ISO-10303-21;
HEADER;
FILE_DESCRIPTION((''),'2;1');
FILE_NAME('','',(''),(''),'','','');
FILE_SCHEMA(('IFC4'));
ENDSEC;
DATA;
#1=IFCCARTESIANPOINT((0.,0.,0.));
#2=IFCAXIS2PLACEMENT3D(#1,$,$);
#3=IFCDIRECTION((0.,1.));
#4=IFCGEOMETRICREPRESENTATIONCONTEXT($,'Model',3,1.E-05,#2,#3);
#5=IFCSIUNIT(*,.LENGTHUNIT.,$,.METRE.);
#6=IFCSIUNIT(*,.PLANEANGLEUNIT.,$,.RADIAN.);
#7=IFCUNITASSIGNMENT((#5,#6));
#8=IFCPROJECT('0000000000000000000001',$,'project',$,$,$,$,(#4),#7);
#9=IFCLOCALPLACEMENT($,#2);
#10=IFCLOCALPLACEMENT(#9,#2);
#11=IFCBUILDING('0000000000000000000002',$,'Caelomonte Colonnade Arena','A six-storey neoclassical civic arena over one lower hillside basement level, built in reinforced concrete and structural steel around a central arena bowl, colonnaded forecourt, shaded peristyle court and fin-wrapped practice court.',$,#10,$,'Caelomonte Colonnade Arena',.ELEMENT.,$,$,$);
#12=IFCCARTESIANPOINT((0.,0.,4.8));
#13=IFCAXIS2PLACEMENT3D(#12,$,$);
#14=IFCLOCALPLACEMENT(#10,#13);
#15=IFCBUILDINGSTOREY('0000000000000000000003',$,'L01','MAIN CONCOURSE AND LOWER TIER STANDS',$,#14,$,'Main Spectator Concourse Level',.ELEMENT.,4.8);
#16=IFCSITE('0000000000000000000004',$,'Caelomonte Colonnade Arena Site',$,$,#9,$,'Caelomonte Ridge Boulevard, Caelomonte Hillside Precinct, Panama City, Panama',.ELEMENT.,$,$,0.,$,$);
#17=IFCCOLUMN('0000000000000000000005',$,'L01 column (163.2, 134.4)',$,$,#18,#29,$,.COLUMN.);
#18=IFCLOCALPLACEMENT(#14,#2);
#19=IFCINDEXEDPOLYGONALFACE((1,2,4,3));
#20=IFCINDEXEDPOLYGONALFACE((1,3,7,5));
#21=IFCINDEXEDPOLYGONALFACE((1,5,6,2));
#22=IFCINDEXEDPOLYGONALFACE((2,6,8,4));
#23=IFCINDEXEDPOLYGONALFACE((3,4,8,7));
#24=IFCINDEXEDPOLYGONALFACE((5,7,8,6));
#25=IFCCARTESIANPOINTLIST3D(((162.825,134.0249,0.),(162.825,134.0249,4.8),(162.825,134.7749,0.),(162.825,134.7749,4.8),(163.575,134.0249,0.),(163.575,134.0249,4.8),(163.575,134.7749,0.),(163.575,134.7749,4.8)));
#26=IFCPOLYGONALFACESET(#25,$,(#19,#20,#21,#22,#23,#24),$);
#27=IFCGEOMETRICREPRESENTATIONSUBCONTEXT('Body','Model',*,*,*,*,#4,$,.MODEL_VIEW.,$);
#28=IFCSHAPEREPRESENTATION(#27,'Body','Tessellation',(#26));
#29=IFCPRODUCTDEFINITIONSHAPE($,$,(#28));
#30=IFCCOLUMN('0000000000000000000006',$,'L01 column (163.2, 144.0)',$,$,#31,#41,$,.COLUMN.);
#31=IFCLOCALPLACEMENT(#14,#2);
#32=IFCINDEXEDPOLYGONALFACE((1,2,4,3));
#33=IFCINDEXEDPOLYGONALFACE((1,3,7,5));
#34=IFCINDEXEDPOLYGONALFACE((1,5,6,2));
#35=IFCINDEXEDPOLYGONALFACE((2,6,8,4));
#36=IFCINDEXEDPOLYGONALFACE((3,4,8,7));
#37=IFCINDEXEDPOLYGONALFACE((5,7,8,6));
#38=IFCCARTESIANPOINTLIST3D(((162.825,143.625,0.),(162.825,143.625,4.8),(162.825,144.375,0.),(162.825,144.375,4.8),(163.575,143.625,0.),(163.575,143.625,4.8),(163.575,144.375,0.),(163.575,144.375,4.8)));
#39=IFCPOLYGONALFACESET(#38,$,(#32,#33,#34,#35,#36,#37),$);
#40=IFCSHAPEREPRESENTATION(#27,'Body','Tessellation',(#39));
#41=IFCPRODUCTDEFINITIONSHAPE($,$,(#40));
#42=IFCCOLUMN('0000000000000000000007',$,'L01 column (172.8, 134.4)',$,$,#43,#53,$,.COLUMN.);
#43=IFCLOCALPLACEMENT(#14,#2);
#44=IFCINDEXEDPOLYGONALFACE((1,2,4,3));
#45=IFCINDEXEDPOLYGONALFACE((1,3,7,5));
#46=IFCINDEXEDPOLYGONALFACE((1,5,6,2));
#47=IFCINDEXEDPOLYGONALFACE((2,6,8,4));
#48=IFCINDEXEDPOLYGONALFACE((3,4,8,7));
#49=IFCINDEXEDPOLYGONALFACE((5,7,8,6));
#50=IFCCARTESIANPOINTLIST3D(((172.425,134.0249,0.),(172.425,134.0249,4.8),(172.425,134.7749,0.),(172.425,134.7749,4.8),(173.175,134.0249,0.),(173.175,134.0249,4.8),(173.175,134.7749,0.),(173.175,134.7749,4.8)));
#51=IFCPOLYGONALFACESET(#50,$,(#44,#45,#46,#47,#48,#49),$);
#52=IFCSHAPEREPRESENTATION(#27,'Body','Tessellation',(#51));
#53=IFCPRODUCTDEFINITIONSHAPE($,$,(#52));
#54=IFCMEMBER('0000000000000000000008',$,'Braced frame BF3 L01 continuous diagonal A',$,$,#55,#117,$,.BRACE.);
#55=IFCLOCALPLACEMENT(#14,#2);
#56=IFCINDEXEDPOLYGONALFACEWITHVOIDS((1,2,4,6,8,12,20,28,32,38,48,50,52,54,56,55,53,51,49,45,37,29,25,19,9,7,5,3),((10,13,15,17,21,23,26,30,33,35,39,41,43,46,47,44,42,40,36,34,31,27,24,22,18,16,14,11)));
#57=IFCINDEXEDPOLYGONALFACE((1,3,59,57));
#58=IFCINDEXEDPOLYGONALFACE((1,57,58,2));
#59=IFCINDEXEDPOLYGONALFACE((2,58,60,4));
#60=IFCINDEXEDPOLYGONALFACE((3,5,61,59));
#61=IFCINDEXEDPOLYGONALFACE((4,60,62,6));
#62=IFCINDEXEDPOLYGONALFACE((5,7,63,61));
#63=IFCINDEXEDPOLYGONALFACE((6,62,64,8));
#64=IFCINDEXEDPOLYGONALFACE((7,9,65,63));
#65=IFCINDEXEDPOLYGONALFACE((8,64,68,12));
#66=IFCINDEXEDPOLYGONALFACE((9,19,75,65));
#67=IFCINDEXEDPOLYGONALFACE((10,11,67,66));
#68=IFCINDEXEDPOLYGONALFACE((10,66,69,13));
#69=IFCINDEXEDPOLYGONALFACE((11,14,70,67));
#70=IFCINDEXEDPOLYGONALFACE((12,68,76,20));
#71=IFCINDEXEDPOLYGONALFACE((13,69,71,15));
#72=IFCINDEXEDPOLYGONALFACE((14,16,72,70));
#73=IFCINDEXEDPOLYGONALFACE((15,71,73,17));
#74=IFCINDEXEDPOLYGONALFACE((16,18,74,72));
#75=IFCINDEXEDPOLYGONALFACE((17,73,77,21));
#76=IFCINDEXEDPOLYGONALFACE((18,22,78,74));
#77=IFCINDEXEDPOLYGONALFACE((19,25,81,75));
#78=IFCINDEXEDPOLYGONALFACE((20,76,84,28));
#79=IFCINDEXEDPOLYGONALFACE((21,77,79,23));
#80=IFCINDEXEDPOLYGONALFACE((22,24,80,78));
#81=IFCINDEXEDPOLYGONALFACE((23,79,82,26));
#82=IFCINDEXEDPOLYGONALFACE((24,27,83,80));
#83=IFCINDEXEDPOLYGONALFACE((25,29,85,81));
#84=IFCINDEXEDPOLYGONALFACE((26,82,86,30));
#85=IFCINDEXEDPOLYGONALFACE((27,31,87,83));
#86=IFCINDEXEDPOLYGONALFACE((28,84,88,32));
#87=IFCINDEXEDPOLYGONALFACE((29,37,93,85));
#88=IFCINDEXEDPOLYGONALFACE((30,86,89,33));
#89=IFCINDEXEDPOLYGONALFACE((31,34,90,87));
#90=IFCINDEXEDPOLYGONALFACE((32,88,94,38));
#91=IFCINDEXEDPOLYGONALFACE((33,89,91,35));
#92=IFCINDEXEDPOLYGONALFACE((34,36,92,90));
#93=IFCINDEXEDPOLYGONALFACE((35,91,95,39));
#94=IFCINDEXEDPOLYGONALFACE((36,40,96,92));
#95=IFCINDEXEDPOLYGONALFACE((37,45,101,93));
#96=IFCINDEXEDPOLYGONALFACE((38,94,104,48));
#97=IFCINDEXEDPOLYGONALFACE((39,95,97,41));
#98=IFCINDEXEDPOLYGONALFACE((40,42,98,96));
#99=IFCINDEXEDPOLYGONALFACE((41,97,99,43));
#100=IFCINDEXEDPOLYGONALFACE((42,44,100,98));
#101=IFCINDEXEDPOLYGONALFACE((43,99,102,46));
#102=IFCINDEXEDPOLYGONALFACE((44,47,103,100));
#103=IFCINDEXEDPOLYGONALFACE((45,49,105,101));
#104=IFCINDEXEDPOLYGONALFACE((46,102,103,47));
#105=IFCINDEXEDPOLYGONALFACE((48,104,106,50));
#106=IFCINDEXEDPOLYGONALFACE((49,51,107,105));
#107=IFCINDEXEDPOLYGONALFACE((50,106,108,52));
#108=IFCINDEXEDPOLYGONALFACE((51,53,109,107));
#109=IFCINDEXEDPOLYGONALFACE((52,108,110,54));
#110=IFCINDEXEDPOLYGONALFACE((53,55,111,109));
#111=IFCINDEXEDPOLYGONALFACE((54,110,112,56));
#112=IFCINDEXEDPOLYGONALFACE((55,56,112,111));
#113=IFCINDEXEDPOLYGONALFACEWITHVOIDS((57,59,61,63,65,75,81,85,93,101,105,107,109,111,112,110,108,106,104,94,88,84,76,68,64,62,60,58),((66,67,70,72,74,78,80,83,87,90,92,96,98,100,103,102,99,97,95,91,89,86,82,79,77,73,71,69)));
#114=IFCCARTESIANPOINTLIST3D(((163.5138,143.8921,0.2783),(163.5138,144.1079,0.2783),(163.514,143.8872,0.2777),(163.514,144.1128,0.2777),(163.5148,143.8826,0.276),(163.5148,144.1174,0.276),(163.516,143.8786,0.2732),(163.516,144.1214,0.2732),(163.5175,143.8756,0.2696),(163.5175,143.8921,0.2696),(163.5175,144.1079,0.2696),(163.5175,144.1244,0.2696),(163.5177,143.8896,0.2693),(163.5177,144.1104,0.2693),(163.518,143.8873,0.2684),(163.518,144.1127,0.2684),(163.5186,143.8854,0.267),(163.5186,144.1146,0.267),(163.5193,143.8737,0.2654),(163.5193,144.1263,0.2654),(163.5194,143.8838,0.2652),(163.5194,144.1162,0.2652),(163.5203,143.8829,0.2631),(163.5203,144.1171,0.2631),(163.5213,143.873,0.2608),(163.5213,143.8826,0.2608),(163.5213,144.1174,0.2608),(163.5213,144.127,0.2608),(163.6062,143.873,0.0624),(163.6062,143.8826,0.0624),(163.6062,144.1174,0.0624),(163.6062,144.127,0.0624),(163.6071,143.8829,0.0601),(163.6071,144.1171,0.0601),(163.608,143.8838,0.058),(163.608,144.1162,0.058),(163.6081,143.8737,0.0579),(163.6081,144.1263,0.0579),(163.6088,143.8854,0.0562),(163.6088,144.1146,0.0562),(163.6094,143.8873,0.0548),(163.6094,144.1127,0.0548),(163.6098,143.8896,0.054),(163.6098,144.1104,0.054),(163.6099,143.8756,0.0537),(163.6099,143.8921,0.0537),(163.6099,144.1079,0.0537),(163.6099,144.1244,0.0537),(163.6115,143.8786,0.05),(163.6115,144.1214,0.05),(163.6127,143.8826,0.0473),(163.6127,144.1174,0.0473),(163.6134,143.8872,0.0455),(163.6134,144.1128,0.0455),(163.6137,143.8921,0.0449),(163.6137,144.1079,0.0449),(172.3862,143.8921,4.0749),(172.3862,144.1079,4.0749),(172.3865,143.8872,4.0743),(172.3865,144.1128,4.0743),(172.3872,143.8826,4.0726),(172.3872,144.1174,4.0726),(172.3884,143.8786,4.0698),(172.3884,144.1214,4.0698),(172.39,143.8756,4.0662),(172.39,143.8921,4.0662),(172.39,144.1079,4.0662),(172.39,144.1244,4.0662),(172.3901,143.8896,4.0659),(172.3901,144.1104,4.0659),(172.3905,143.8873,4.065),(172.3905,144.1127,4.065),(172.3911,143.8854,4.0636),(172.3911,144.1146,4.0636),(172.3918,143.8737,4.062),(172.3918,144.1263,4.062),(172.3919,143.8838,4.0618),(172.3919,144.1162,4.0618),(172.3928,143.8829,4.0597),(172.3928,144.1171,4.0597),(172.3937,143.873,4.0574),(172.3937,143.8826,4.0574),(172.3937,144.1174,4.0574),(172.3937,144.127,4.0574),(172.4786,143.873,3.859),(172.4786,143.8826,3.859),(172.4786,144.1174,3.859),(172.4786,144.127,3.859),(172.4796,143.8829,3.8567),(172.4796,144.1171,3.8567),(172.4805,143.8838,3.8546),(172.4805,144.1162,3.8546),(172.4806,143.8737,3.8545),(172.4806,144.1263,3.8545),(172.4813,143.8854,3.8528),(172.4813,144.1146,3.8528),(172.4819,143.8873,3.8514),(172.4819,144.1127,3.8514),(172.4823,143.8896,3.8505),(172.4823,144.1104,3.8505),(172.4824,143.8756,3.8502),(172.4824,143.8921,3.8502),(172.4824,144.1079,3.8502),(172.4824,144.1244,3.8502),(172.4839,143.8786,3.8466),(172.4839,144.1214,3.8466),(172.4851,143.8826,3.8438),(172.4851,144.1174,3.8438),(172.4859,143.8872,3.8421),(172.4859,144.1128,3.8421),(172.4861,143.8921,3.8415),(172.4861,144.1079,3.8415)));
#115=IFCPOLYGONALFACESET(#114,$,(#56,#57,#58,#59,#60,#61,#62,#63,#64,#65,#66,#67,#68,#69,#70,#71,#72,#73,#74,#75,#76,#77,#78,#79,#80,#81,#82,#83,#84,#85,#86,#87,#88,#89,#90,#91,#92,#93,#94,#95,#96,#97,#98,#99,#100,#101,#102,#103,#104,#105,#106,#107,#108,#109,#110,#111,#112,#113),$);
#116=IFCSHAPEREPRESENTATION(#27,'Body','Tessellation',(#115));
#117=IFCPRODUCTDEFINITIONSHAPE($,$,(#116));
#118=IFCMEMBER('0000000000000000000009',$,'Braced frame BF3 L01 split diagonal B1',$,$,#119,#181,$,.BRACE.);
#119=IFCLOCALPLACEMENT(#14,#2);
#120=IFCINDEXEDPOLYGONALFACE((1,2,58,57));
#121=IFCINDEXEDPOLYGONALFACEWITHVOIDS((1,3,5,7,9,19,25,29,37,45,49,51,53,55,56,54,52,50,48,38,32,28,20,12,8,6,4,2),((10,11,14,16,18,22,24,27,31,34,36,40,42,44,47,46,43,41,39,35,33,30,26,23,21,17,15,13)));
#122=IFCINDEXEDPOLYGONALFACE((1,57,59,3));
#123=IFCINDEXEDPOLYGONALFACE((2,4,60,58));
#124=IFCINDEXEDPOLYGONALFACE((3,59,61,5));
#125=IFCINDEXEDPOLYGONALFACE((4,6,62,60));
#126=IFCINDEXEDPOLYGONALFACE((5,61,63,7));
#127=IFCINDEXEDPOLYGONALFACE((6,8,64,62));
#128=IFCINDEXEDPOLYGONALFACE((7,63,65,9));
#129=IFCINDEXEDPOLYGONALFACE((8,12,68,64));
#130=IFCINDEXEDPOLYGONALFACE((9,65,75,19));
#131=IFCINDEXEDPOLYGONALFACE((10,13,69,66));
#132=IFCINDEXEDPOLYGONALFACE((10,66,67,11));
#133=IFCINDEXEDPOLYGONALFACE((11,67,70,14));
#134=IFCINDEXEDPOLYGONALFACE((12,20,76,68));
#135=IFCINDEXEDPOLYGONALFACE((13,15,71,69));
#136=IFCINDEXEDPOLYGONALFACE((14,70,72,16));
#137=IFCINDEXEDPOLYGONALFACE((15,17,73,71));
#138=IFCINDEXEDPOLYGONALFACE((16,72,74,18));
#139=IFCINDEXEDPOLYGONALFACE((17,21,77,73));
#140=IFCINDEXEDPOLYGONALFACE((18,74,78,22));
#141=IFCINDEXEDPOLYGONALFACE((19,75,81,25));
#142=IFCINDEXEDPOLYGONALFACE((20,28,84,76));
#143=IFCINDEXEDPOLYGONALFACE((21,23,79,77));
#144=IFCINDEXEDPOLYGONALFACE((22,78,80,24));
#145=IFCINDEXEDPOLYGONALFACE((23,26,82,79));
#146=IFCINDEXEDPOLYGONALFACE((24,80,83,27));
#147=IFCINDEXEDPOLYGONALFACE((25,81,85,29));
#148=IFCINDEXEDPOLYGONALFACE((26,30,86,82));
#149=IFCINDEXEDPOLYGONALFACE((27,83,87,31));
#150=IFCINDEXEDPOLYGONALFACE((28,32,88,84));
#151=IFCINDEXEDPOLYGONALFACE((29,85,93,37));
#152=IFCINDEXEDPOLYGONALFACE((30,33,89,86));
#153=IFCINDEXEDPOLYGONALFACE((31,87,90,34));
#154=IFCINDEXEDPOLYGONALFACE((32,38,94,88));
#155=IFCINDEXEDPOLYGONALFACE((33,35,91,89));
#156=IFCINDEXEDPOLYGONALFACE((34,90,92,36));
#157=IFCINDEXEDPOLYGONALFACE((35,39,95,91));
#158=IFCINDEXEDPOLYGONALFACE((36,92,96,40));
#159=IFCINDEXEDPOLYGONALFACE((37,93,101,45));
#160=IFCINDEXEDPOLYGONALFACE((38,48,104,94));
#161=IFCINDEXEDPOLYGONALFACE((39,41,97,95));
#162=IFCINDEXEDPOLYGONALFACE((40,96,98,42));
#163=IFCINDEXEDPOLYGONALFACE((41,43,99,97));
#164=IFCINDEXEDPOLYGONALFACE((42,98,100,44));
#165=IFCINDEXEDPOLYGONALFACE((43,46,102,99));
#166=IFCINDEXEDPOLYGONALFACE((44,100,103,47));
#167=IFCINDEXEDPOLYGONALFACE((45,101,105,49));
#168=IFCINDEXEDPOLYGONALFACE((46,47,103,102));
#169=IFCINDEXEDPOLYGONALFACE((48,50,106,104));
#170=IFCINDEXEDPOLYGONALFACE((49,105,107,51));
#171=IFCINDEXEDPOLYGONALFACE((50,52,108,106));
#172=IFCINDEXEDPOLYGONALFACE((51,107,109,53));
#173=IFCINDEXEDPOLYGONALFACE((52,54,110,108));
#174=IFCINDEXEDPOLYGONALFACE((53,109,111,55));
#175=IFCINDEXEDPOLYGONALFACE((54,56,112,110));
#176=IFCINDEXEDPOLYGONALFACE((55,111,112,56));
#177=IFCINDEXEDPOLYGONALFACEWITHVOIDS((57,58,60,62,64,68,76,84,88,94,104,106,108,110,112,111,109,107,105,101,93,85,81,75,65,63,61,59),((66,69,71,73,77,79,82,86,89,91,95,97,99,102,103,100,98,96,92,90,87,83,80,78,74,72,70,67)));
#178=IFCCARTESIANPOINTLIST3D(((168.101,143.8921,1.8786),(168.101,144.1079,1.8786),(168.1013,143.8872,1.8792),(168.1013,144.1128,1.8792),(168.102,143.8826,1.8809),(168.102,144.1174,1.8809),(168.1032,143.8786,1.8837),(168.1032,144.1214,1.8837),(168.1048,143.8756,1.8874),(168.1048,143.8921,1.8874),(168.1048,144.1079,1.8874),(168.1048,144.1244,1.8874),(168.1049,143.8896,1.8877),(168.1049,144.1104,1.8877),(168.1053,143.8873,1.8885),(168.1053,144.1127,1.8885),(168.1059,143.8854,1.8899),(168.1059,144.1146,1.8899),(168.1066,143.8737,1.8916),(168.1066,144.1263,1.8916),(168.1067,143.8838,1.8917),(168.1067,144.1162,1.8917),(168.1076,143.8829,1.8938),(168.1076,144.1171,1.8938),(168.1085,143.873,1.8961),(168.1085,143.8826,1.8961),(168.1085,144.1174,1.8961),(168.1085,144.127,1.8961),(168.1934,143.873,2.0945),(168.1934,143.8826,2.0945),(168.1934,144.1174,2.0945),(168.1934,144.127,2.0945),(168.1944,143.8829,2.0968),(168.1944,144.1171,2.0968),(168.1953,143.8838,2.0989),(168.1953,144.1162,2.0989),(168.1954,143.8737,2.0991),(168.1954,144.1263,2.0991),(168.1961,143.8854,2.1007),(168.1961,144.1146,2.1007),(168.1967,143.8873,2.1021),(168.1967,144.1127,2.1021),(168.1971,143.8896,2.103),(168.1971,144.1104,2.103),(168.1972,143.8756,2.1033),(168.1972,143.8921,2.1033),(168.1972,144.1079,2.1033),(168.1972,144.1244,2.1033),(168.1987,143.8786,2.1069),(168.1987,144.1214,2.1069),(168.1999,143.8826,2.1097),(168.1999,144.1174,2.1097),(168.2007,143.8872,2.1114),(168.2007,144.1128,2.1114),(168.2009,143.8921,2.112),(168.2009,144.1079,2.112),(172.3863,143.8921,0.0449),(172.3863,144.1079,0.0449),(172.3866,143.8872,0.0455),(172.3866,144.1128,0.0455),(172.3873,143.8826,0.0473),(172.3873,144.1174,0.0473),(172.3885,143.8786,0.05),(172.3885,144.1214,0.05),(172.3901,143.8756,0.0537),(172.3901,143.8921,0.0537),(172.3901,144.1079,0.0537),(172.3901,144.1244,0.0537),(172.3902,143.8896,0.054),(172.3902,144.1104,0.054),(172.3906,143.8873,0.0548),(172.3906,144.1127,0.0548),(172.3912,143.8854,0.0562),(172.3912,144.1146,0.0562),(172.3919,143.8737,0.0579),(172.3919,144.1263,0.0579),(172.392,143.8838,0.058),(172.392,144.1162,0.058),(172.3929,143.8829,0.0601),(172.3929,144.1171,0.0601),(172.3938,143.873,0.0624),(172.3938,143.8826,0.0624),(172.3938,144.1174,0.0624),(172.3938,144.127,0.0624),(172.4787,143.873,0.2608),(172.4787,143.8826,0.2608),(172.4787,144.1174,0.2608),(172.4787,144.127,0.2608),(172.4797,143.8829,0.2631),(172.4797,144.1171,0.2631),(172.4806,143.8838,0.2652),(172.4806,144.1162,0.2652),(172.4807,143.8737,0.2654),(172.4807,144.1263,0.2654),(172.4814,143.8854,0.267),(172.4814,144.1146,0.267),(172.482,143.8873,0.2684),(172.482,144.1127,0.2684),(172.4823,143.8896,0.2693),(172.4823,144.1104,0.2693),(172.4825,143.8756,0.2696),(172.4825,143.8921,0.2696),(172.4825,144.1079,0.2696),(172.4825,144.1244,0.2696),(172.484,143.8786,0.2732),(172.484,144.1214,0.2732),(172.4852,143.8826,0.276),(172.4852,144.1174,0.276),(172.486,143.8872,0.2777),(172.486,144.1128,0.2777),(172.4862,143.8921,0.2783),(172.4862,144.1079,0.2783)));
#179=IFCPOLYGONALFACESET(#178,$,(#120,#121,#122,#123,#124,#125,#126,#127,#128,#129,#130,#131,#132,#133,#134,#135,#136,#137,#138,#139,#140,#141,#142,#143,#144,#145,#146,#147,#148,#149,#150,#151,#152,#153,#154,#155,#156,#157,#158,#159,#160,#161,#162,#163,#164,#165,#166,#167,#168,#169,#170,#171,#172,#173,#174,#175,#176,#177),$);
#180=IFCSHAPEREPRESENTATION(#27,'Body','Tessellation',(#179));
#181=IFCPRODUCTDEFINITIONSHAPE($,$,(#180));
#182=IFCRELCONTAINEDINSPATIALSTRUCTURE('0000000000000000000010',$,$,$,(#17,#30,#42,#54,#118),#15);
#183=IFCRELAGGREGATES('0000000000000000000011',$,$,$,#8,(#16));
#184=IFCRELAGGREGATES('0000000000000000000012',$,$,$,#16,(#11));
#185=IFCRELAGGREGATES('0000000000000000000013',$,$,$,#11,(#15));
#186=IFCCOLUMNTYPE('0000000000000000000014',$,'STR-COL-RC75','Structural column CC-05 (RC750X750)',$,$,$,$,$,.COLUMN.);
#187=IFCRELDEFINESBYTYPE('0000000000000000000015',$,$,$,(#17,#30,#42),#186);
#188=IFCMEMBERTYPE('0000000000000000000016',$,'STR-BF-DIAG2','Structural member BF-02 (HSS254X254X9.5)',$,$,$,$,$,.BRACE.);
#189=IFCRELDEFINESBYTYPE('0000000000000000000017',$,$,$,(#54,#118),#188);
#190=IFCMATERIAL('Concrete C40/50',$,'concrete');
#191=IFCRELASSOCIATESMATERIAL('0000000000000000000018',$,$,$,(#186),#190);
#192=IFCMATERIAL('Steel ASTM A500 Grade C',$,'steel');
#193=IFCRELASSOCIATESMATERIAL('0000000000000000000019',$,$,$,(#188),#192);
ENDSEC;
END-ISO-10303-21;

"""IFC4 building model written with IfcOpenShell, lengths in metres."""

from ifc_helpers import new_model, si_unit, direction, frame, origin, origin_2d, place, context, subcontext, project, spatial, rectangle, hollow_rectangle, extrude, material, material_profile, profile_set, type_object, element, save


model = new_model("IFC4")

# Units and contexts
model_context = context("Model", 3, precision=1e-05, world=origin(), true_north=direction((0.0, 1.0)))
body_context = subcontext(model_context, "Body", "Model", "MODEL_VIEW")
ifc_project = project(units=[si_unit("LENGTHUNIT", "METRE"), si_unit("PLANEANGLEUNIT", "RADIAN")], contexts=[model_context])

# Site, building, storey
site_placement = place(None, origin())
site = spatial("IfcSite", under=ifc_project, at=site_placement, Name="Caelomonte Colonnade Arena Site", LongName="Caelomonte Ridge Boulevard, Caelomonte Hillside Precinct, Panama City, Panama", CompositionType="ELEMENT", RefElevation=0.0)
building_placement = place(site_placement, origin())
building = spatial("IfcBuilding", under=site, at=building_placement, Name="Caelomonte Colonnade Arena", Description="A six-storey neoclassical civic arena over one lower hillside basement level, built in reinforced concrete and structural steel around a central arena bowl, colonnaded forecourt, shaded peristyle court and fin-wrapped practice court.", LongName="Caelomonte Colonnade Arena", CompositionType="ELEMENT")
storey_placement = place(building_placement, frame((0.0, 0.0, 4.8)))
storey = spatial("IfcBuildingStorey", under=building, at=storey_placement, Name="L01", Description="MAIN CONCOURSE AND LOWER TIER STANDS", LongName="Main Spectator Concourse Level", CompositionType="ELEMENT", Elevation=4.8)

# Columns
ifc_material_1 = material(Name="Concrete C40/50", Category="concrete")
ifc_material_profile_1 = material_profile(ifc_material_1, rectangle(XDim=0.75, YDim=0.75, at=origin_2d()), Name="RC750X750")
ifc_profile_set_1 = profile_set([ifc_material_profile_1], Name="Concrete C40/50")
column_type = type_object("IfcColumnType", Name="STR-COL-RC75", Description="Structural column CC-05 (RC750X750)", PredefinedType="COLUMN", material=ifc_profile_set_1)
for number, where, z_axis, x_axis, name in (
    (1, (163.2, 134.3999, 0.0), (0.0, 0.0, 1.0), (1.0, 0.0, 0.0), "L01 column (163.2, 134.4)"),
    (2, (163.2, 144.0, 0.0), (0.0, 0.0, 1.0), (1.0, 0.0, 0.0), "L01 column (163.2, 144.0)"),
    (3, (172.8, 134.3999, 0.0), (0.0, 0.0, 1.0), (1.0, 0.0, 0.0), "L01 column (172.8, 134.4)"),
):
    element("IfcColumn", number, at=place(storey_placement, frame(where, z_axis=z_axis, x_axis=x_axis)), inside=storey, type_object=column_type, Name=name, PredefinedType="COLUMN", context=body_context, shape_type="SweptSolid", body=[
        extrude(rectangle(XDim=0.75, YDim=0.75, at=origin_2d()), origin(), (0.0, 0.0, 1.0), 4.8),
    ])

# Members
ifc_material_2 = material(Name="Steel ASTM A500 Grade C", Category="steel")
ifc_material_profile_2 = material_profile(ifc_material_2, hollow_rectangle(XDim=0.2539, YDim=0.2539, WallThickness=0.0095, InnerFilletRadius=0.0095, OuterFilletRadius=0.019, at=origin_2d()), Name="HSS254X254X9.5")
ifc_profile_set_2 = profile_set([ifc_material_profile_2], Name="Steel ASTM A500 Grade C")
member_type = type_object("IfcMemberType", Name="STR-BF-DIAG2", Description="Structural member BF-02 (HSS254X254X9.5)", PredefinedType="BRACE", material=ifc_profile_set_2)
member_placement = place(storey_placement, frame((163.5637, 144.0, 0.1616), z_axis=(0.919366, 0.0, 0.393403), x_axis=(0.0, 1.0, 0.0)))
element("IfcMember", 4, at=member_placement, inside=storey, type_object=member_type, Name="Braced frame BF3 L01 continuous diagonal A", PredefinedType="BRACE", context=body_context, shape_type="SweptSolid", body=[
    extrude(hollow_rectangle(XDim=0.2539, YDim=0.2539, WallThickness=0.0095, InnerFilletRadius=0.0095, OuterFilletRadius=0.019, at=origin_2d()), origin(), (0.0, 0.0, 1.0), 9.6506),
])
for number, where, z_axis, x_axis, name in (
    (5, (172.4363, 144.0, 0.1616), (-0.919367, 0.0, 0.393401), (0.0, -1.0, 0.0), "Braced frame BF3 L01 split diagonal B1"),
):
    element("IfcMember", number, at=place(storey_placement, frame(where, z_axis=z_axis, x_axis=x_axis)), inside=storey, type_object=member_type, Name=name, PredefinedType="BRACE", context=body_context, shape_type="SweptSolid", body=[
        extrude(hollow_rectangle(XDim=0.2539, YDim=0.2539, WallThickness=0.0095, InnerFilletRadius=0.0095, OuterFilletRadius=0.019, at=origin_2d()), origin(), (0.0, 0.0, 1.0), 4.6611),
    ])

save(model, "model.ifc")
